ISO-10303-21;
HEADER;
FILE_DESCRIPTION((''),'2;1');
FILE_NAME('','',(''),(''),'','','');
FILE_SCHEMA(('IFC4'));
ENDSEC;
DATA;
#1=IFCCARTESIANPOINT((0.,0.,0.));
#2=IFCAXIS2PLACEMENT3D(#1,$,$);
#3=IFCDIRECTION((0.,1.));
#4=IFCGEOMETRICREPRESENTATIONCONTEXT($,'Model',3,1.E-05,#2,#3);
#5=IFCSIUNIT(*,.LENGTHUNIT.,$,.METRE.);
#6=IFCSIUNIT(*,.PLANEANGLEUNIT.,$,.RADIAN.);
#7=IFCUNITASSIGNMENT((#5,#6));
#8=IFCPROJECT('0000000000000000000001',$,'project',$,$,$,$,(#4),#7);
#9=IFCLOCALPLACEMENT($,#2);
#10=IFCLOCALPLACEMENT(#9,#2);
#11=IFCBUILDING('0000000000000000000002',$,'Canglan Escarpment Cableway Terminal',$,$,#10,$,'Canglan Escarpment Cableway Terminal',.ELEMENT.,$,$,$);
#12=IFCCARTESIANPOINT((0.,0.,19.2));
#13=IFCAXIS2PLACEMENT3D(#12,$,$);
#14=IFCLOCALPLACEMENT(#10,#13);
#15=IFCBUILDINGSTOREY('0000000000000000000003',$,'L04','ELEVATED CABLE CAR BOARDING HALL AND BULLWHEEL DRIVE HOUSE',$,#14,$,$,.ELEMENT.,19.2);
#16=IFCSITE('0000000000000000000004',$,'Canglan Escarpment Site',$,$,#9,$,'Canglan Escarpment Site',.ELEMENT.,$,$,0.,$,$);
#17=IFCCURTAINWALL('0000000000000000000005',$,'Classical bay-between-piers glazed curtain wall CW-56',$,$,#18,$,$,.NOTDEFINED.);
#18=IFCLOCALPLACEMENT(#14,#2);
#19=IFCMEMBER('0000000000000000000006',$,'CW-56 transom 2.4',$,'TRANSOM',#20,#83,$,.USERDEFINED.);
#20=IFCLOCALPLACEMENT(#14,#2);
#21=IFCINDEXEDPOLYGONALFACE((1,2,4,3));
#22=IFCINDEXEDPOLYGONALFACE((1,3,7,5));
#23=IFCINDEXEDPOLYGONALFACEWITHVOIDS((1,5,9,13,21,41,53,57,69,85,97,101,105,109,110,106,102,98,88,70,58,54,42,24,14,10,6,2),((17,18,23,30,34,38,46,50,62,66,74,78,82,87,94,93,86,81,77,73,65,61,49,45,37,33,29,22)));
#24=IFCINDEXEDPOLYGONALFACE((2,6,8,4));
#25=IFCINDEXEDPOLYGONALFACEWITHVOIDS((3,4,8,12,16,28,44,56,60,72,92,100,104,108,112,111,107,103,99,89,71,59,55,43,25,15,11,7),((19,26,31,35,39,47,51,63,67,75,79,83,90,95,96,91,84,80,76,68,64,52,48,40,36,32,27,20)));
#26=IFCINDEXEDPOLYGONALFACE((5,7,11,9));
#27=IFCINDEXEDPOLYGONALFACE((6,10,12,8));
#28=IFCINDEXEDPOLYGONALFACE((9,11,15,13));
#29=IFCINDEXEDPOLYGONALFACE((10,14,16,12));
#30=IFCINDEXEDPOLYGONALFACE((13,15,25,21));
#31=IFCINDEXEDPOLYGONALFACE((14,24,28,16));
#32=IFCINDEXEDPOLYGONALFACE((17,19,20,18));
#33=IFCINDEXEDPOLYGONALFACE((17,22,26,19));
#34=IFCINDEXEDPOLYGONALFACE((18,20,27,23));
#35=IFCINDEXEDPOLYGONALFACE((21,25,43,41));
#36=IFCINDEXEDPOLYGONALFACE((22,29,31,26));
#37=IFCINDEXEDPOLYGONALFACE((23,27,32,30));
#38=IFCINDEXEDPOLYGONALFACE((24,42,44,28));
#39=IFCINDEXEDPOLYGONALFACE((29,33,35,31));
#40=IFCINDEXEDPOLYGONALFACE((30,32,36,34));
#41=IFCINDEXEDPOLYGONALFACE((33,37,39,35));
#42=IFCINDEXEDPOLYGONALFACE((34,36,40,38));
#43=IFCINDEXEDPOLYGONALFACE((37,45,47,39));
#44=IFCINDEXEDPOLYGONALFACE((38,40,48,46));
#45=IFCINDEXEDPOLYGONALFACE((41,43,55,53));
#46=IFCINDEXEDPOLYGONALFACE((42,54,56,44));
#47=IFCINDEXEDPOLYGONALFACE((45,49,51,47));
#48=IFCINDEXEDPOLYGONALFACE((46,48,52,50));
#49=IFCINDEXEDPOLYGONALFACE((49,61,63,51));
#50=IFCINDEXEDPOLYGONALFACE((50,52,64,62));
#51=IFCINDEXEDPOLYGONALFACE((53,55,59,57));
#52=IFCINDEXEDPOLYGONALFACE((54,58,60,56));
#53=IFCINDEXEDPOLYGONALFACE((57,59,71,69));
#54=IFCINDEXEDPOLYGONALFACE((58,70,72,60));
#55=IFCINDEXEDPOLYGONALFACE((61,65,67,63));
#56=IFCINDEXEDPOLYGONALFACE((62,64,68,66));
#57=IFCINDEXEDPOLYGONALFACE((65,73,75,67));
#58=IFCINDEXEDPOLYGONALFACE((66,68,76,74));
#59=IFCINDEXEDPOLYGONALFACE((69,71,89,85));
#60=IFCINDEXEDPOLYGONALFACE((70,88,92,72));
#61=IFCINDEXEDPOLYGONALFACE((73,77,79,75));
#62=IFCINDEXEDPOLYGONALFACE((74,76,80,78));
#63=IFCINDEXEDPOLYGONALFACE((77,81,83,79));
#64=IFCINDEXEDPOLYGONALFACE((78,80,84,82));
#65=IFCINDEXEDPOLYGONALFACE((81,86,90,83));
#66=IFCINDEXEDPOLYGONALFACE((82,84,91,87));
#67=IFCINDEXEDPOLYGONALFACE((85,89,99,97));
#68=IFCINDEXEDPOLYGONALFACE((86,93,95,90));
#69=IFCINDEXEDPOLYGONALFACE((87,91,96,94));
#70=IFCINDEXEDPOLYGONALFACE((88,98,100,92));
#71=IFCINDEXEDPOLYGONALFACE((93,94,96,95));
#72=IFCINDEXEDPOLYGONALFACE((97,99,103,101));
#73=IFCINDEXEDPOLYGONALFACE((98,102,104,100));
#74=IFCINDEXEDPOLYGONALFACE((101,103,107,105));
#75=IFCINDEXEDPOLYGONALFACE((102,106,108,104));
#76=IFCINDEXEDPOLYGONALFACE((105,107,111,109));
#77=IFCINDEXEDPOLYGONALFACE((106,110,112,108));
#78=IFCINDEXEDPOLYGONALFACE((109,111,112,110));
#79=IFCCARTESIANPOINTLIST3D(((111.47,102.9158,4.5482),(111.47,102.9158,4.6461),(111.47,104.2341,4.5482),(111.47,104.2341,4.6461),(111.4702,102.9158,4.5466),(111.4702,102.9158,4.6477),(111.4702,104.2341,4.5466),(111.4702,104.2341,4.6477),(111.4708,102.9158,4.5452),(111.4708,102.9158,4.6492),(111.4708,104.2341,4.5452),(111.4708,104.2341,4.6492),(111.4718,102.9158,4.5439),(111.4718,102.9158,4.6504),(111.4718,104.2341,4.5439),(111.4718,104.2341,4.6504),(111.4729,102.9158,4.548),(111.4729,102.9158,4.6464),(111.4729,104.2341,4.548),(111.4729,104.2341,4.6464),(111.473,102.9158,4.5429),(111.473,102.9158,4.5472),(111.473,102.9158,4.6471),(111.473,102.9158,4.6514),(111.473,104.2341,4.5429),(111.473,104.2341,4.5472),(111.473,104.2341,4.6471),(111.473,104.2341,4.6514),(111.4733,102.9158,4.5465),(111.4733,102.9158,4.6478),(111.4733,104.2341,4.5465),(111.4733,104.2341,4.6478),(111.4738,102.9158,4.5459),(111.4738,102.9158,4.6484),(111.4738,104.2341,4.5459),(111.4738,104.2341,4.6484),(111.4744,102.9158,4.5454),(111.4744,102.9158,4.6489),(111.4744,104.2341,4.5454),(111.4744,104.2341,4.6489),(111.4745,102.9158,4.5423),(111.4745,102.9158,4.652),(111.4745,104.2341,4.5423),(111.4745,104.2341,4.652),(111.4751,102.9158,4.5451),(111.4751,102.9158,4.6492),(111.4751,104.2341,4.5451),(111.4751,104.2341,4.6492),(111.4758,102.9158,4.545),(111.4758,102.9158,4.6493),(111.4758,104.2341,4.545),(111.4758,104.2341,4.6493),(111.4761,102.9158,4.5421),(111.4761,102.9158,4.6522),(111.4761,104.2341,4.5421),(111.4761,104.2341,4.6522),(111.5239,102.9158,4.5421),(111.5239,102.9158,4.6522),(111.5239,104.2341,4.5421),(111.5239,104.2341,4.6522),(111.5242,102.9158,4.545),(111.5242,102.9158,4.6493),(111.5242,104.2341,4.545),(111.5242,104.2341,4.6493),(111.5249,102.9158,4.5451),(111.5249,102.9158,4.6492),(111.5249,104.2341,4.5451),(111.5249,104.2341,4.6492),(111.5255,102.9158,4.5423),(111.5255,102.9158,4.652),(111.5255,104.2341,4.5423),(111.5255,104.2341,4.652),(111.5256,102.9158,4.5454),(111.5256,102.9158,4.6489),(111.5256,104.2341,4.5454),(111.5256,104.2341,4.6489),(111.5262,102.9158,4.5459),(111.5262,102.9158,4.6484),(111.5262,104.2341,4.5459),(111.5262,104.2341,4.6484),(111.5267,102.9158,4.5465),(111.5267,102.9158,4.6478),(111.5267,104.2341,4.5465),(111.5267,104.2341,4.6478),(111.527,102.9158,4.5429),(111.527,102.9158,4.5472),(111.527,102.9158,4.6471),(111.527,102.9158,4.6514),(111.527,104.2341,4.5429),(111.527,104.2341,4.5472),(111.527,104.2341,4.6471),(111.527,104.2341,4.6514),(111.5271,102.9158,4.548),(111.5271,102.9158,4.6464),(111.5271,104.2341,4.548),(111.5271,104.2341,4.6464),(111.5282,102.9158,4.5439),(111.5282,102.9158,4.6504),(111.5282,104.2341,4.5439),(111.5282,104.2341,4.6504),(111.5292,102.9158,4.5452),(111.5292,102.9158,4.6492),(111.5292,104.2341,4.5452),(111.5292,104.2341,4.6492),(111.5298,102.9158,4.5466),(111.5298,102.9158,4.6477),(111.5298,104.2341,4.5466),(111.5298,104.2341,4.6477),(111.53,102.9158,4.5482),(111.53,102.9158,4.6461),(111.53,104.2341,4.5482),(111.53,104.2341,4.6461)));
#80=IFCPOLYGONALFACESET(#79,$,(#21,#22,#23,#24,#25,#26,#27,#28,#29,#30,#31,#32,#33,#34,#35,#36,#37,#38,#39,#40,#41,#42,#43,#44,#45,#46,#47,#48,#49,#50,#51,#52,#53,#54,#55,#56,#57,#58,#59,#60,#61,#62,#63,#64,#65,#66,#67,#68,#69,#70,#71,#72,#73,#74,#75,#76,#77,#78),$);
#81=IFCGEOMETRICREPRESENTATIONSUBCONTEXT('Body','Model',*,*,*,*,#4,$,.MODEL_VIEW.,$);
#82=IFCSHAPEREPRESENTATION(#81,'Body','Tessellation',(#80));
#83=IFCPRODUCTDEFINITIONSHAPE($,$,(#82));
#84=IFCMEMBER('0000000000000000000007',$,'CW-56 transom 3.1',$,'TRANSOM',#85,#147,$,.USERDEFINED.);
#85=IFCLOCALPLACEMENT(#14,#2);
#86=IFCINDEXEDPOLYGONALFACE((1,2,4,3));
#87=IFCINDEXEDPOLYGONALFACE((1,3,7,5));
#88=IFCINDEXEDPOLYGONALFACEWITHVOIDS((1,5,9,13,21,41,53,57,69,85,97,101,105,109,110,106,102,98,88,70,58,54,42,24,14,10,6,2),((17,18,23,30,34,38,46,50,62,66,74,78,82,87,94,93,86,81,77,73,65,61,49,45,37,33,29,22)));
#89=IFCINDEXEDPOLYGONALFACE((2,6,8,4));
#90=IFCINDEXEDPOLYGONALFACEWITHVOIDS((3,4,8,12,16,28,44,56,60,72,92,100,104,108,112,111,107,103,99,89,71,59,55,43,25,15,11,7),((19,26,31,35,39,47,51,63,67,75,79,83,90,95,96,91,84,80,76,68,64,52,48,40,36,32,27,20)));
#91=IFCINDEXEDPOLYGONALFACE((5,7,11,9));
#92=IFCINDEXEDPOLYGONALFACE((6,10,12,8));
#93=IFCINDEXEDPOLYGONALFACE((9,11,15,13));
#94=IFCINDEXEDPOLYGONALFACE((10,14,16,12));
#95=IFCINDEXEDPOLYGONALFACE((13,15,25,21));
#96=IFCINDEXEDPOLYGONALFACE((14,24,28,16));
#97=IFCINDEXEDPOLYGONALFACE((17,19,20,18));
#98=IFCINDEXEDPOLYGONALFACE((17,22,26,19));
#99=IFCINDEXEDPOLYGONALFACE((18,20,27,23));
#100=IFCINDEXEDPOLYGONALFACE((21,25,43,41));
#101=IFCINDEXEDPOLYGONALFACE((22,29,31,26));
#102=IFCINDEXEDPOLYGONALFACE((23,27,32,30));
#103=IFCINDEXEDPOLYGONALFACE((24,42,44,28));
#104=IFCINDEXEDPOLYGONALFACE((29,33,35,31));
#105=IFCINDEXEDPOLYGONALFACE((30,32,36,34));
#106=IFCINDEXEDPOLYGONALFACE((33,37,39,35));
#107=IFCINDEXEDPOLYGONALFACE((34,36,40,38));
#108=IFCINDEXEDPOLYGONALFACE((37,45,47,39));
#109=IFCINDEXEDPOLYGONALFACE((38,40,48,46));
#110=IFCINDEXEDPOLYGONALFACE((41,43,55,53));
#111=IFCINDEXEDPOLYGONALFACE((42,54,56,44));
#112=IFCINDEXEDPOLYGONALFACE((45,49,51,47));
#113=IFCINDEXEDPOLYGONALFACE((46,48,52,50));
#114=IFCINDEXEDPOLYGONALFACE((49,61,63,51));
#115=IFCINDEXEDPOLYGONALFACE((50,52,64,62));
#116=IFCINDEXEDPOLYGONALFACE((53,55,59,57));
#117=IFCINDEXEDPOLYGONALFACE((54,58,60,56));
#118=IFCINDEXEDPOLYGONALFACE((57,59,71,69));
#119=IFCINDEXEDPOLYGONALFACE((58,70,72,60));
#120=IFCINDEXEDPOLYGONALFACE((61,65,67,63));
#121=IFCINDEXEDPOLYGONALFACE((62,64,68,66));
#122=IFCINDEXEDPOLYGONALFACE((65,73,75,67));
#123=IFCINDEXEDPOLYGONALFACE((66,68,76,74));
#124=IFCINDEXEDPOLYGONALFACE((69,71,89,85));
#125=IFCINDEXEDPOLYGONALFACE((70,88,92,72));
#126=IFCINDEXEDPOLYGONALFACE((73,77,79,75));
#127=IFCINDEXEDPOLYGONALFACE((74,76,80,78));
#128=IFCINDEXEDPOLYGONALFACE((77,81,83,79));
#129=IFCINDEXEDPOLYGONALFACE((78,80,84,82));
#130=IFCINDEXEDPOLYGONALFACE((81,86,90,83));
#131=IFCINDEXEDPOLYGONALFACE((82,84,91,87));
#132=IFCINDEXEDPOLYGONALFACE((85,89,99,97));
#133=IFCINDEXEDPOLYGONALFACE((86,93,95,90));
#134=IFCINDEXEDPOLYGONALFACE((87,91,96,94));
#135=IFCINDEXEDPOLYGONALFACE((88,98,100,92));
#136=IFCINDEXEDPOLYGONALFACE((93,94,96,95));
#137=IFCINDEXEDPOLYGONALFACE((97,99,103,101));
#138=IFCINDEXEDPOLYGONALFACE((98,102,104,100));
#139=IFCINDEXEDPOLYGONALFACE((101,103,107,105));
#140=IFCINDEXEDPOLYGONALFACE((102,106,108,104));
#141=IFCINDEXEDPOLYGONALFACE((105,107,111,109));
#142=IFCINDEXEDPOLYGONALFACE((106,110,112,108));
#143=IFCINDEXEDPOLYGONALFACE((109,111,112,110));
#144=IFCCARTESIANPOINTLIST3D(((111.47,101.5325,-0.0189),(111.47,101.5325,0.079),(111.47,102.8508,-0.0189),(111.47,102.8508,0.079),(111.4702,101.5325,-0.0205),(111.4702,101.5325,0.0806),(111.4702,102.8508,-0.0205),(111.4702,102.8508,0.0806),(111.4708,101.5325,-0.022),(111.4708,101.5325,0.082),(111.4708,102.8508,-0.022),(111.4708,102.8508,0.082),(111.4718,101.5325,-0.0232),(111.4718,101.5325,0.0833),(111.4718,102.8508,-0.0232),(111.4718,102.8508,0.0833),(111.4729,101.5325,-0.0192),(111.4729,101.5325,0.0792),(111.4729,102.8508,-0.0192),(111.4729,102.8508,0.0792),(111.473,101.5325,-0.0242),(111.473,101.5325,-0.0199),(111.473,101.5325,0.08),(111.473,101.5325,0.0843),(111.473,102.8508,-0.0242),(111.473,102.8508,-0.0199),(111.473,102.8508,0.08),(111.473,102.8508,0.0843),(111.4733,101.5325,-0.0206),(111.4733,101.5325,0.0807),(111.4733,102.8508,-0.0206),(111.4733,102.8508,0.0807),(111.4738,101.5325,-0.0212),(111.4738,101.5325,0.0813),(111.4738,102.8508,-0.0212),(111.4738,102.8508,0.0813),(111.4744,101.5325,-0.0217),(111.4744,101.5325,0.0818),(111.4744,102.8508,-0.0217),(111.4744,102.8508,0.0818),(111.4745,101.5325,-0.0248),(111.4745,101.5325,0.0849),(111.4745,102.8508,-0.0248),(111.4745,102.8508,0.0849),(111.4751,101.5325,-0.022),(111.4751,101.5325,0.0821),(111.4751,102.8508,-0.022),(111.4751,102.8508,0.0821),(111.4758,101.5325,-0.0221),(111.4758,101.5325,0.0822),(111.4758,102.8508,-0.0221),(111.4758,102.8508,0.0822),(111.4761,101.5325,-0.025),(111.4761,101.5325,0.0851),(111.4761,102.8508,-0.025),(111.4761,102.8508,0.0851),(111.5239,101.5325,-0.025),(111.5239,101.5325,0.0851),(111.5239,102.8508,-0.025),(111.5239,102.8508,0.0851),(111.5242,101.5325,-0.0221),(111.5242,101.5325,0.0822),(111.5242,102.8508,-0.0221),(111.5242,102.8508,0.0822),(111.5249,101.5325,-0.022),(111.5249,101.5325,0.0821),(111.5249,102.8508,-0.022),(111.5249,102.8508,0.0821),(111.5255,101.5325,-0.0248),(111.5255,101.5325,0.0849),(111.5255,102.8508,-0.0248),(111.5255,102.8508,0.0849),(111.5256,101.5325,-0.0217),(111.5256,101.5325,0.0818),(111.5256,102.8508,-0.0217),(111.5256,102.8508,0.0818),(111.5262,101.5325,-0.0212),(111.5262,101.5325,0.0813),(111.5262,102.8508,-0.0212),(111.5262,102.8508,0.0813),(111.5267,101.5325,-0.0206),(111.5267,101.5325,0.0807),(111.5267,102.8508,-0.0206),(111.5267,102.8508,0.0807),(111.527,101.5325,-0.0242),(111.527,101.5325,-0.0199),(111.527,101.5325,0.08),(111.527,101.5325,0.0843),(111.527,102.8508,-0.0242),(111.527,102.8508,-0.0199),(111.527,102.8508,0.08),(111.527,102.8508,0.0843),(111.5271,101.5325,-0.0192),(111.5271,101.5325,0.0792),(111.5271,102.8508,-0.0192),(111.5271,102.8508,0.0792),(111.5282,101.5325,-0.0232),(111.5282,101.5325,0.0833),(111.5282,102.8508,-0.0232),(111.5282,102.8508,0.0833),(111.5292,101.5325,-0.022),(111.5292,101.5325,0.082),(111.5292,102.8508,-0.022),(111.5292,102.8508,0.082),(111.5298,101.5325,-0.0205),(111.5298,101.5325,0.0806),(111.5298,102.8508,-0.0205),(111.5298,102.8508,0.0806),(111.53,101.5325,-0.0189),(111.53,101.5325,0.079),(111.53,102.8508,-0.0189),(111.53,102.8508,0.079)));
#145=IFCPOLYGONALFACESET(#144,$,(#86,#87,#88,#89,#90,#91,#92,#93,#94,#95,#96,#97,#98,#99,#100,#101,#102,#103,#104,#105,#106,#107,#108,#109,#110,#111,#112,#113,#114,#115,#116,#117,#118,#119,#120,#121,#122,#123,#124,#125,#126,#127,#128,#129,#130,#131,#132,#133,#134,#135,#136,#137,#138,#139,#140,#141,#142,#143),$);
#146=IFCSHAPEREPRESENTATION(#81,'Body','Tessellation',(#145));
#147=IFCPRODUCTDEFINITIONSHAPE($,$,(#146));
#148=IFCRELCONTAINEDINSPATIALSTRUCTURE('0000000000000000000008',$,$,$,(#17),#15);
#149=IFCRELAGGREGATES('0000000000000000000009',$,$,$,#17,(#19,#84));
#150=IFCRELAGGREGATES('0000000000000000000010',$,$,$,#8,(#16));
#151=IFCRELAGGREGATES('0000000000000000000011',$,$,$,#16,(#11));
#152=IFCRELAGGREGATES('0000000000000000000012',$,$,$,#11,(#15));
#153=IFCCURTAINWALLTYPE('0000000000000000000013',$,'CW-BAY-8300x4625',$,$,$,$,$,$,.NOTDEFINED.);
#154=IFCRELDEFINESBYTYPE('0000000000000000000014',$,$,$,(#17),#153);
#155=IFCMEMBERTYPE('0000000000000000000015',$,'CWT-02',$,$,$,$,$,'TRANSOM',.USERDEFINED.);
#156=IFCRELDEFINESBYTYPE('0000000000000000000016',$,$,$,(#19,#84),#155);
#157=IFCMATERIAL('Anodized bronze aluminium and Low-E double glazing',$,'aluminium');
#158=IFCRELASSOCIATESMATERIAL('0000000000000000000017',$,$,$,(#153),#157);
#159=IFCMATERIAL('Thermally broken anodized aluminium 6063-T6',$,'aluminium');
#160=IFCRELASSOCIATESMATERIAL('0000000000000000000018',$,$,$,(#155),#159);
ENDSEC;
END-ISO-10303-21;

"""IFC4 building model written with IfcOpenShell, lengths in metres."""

from ifc_helpers import new_model, si_unit, direction, frame, origin, origin_2d, place, context, subcontext, project, spatial, hollow_rectangle, extrude, material, material_profile, profile_set, type_object, element, aggregate, save


model = new_model("IFC4")

# Units and contexts
model_context = context("Model", 3, precision=1e-05, world=origin(), true_north=direction((0.0, 1.0)))
body_context = subcontext(model_context, "Body", "Model", "MODEL_VIEW")
ifc_project = project(units=[si_unit("LENGTHUNIT", "METRE"), si_unit("PLANEANGLEUNIT", "RADIAN")], contexts=[model_context])

# Site, building, storey
site_placement = place(None, origin())
site = spatial("IfcSite", under=ifc_project, at=site_placement, Name="Canglan Escarpment Site", LongName="Canglan Escarpment Site", CompositionType="ELEMENT", RefElevation=0.0)
building_placement = place(site_placement, origin())
building = spatial("IfcBuilding", under=site, at=building_placement, Name="Canglan Escarpment Cableway Terminal", LongName="Canglan Escarpment Cableway Terminal", CompositionType="ELEMENT")
storey_placement = place(building_placement, frame((0.0, 0.0, 19.2)))
storey = spatial("IfcBuildingStorey", under=building, at=storey_placement, Name="L04", Description="ELEVATED CABLE CAR BOARDING HALL AND BULLWHEEL DRIVE HOUSE", CompositionType="ELEMENT", Elevation=19.2)

# Curtain wall, members
ifc_material_1 = material(Name="Anodized bronze aluminium and Low-E double glazing", Category="aluminium")
curtain_wall_type = type_object("IfcCurtainWallType", Name="CW-BAY-8300x4625", PredefinedType="NOTDEFINED", material=ifc_material_1)
curtain_wall_placement = place(storey_placement, origin())
curtain_wall = element("IfcCurtainWall", 1, at=curtain_wall_placement, inside=storey, type_object=curtain_wall_type, Name="Classical bay-between-piers glazed curtain wall CW-56", PredefinedType="NOTDEFINED")
ifc_material_2 = material(Name="Thermally broken anodized aluminium 6063-T6", Category="aluminium")
ifc_material_profile_1 = material_profile(ifc_material_2, hollow_rectangle(XDim=0.0601, YDim=0.1101, WallThickness=0.0029, InnerFilletRadius=0.0029, OuterFilletRadius=0.0061, at=origin_2d()), Name="ALU-TRAN 60x110x3")
ifc_profile_set_1 = profile_set([ifc_material_profile_1], Name="Thermally broken anodized aluminium 6063-T6")
member_type_1 = type_object("IfcMemberType", Name="CWT-02", ElementType="TRANSOM", PredefinedType="USERDEFINED", material=ifc_profile_set_1)
member_1_placement = place(storey_placement, frame((111.5, 104.2341, 4.5972), z_axis=(0.0, -1.0, 0.0), x_axis=(1.0, 0.0, 0.0)))
member_1 = element("IfcMember", 2, at=member_1_placement, type_object=member_type_1, Name="CW-56 transom 2.4", ObjectType="TRANSOM", PredefinedType="USERDEFINED", context=body_context, shape_type="SweptSolid", body=[
    extrude(hollow_rectangle(XDim=0.0601, YDim=0.1101, WallThickness=0.0029, InnerFilletRadius=0.0029, OuterFilletRadius=0.0061, at=origin_2d()), origin(), (0.0, 0.0, 1.0), 1.3184),
])
member_2_placement = place(storey_placement, frame((111.5, 102.8508, 0.03), z_axis=(0.0, -1.0, 0.0), x_axis=(1.0, 0.0, 0.0)))
member_2 = element("IfcMember", 3, at=member_2_placement, type_object=member_type_1, Name="CW-56 transom 3.1", ObjectType="TRANSOM", PredefinedType="USERDEFINED", context=body_context, shape_type="SweptSolid", body=[
    extrude(hollow_rectangle(XDim=0.0601, YDim=0.1101, WallThickness=0.0029, InnerFilletRadius=0.0029, OuterFilletRadius=0.0061, at=origin_2d()), origin(), (0.0, 0.0, 1.0), 1.3184),
])
aggregate(curtain_wall, [member_1, member_2])

save(model, "model.ifc")
